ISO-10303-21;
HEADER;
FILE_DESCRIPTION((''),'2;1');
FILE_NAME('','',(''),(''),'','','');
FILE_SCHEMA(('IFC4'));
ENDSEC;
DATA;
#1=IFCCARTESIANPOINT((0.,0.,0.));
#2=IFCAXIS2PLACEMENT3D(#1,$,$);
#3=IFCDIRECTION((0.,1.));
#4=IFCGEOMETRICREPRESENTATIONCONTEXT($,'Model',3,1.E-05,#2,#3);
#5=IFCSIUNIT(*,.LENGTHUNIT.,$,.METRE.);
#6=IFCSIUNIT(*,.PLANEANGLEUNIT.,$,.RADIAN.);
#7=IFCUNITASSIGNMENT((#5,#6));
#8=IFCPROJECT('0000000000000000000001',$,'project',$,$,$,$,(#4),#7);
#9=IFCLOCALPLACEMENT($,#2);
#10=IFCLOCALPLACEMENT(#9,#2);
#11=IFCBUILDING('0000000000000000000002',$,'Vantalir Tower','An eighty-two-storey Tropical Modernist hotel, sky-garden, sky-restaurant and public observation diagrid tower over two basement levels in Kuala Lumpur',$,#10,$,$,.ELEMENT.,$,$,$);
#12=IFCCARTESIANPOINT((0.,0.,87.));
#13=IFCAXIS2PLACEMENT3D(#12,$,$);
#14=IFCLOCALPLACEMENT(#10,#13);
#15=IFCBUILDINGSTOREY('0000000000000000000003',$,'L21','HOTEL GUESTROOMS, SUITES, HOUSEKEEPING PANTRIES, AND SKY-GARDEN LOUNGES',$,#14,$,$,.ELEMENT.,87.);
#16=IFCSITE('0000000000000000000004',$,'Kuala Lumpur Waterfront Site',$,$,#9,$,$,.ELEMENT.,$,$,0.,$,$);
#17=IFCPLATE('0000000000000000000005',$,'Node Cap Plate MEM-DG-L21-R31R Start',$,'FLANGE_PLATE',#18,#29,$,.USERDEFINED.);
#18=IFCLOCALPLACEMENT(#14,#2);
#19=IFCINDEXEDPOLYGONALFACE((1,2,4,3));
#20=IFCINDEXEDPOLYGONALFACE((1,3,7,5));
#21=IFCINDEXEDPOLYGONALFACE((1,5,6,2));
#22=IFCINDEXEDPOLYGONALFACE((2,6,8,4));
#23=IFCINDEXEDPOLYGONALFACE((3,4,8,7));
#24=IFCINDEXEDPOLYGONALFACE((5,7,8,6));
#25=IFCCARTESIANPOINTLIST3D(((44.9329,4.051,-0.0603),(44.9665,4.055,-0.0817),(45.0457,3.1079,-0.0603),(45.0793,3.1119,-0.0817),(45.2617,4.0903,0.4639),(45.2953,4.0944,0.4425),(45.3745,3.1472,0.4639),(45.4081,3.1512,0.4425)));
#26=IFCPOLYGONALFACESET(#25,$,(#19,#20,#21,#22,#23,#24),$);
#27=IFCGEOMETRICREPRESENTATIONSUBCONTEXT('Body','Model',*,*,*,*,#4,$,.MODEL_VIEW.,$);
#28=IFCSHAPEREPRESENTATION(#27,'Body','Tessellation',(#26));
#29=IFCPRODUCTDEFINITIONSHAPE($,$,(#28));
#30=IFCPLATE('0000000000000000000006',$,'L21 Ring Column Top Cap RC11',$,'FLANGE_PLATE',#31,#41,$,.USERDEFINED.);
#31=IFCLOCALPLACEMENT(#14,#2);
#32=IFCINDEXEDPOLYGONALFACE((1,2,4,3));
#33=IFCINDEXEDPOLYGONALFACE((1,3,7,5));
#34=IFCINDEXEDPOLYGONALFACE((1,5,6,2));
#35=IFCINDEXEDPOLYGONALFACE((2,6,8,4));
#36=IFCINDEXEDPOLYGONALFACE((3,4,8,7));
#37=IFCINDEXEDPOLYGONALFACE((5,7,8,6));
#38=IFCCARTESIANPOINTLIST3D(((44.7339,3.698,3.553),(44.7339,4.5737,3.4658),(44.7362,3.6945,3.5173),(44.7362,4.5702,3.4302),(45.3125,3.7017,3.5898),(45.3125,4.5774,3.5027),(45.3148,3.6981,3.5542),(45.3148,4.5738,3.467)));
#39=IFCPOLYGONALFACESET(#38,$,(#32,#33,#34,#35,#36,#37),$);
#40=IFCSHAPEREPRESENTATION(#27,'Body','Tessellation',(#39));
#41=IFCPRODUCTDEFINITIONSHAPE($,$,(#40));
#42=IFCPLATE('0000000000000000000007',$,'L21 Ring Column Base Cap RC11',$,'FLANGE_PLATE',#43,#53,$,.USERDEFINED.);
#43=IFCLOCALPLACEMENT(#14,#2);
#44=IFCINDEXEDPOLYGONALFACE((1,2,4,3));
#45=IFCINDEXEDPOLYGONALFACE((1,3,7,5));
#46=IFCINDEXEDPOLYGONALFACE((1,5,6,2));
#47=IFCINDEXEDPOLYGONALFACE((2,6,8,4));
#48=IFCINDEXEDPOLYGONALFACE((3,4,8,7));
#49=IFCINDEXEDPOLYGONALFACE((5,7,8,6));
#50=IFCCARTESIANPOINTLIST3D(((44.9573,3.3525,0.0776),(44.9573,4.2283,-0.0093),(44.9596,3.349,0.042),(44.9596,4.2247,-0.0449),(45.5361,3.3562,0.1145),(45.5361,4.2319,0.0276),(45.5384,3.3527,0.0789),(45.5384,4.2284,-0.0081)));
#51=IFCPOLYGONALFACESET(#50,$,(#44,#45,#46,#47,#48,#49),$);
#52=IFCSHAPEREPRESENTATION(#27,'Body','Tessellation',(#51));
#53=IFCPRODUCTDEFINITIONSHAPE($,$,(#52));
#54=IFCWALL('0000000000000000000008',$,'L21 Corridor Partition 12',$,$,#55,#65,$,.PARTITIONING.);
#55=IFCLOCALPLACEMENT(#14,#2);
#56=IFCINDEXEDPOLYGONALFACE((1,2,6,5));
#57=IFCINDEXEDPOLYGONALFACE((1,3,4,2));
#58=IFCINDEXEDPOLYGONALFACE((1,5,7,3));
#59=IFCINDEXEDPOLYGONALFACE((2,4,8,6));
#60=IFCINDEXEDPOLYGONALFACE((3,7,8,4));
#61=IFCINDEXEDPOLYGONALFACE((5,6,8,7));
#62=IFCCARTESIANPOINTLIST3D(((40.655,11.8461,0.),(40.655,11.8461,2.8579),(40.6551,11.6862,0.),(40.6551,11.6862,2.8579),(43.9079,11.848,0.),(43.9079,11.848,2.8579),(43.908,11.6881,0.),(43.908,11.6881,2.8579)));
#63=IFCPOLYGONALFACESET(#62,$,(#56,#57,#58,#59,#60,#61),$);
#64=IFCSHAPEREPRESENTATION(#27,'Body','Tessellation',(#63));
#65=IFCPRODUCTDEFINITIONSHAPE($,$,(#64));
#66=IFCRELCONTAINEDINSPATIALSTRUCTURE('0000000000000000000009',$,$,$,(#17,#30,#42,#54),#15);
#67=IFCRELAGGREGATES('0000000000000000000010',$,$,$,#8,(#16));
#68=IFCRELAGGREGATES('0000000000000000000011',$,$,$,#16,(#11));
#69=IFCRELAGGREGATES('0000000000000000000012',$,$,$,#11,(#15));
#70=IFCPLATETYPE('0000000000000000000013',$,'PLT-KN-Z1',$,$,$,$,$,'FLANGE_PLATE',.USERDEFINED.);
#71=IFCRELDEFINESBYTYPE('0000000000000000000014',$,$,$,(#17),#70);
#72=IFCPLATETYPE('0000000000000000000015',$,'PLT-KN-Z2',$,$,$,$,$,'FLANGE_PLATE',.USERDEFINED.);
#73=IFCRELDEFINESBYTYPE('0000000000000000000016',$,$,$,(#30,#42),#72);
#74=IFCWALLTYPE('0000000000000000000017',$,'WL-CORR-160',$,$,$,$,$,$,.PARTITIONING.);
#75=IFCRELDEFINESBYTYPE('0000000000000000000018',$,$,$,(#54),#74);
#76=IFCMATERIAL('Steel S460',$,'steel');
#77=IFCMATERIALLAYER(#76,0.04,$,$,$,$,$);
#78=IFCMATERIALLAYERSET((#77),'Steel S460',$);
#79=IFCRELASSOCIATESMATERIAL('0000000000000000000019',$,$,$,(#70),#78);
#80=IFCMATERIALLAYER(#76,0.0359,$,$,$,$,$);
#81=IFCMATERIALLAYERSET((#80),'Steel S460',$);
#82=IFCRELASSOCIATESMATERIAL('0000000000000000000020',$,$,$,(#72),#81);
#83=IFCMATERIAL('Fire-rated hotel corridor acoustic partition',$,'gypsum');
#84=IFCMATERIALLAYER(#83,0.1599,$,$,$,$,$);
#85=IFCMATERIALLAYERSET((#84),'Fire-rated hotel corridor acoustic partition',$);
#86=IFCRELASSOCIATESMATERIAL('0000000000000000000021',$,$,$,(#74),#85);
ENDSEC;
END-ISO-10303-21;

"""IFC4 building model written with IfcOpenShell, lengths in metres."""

from ifc_helpers import new_model, si_unit, direction, frame, frame_2d, origin, place, context, subcontext, project, spatial, polyline, rectangle, outline, extrude, material, layer, layer_set, type_object, element, save


model = new_model("IFC4")

# Units and contexts
model_context = context("Model", 3, precision=1e-05, world=origin(), true_north=direction((0.0, 1.0)))
body_context = subcontext(model_context, "Body", "Model", "MODEL_VIEW")
ifc_project = project(units=[si_unit("LENGTHUNIT", "METRE"), si_unit("PLANEANGLEUNIT", "RADIAN")], contexts=[model_context])

# Site, building, storey
site_placement = place(None, origin())
site = spatial("IfcSite", under=ifc_project, at=site_placement, Name="Kuala Lumpur Waterfront Site", CompositionType="ELEMENT", RefElevation=0.0)
building_placement = place(site_placement, origin())
building = spatial("IfcBuilding", under=site, at=building_placement, Name="Vantalir Tower", Description="An eighty-two-storey Tropical Modernist hotel, sky-garden, sky-restaurant and public observation diagrid tower over two basement levels in Kuala Lumpur", CompositionType="ELEMENT")
storey_placement = place(building_placement, frame((0.0, 0.0, 87.0)))
storey = spatial("IfcBuildingStorey", under=building, at=storey_placement, Name="L21", Description="HOTEL GUESTROOMS, SUITES, HOUSEKEEPING PANTRIES, AND SKY-GARDEN LOUNGES", CompositionType="ELEMENT", Elevation=87.0)

# Shared definitions
ifc_material_1 = material(Name="Steel S460", Category="steel")

# Plates
ifc_layer_1 = layer(ifc_material_1, 0.04)
ifc_layer_set_1 = layer_set([ifc_layer_1], Name="Steel S460")
plate_type_1 = type_object("IfcPlateType", Name="PLT-KN-Z1", ElementType="FLANGE_PLATE", PredefinedType="USERDEFINED", material=ifc_layer_set_1)
plate_1_placement = place(storey_placement, frame((44.9329, 4.051, -0.0603), z_axis=(-0.839403, -0.100389, 0.534158), x_axis=(0.11875, -0.992924, 0.0)))
element("IfcPlate", 1, at=plate_1_placement, inside=storey, type_object=plate_type_1, Name="Node Cap Plate MEM-DG-L21-R31R Start", ObjectType="FLANGE_PLATE", PredefinedType="USERDEFINED", context=body_context, shape_type="SweptSolid", body=[
    extrude(outline(polyline([(0.0, 0.0), (0.9498, 0.0), (0.9499, 0.62), (0.0, 0.62), (0.0, 0.0)])), origin(), (0.0, 0.0, -1.0), 0.04),
])
ifc_layer_2 = layer(ifc_material_1, 0.0359)
ifc_layer_set_2 = layer_set([ifc_layer_2], Name="Steel S460")
plate_type_2 = type_object("IfcPlateType", Name="PLT-KN-Z2", ElementType="FLANGE_PLATE", PredefinedType="USERDEFINED", material=ifc_layer_set_2)
plate_2_placement = place(storey_placement, frame((44.7339, 4.5737, 3.4658), z_axis=(-0.063896, 0.098834, 0.99305), x_axis=(0.0, -0.995084, 0.099037)))
element("IfcPlate", 2, at=plate_2_placement, inside=storey, type_object=plate_type_2, Name="L21 Ring Column Top Cap RC11", ObjectType="FLANGE_PLATE", PredefinedType="USERDEFINED", context=body_context, shape_type="SweptSolid", body=[
    extrude(outline(polyline([(0.0, 0.0), (0.8801, 0.0), (0.8801, 0.5798), (0.0, 0.5798), (0.0, 0.0)])), origin(), (0.0, 0.0, -1.0), 0.0359),
])
plate_3_placement = place(storey_placement, frame((44.9573, 4.2283, -0.0093), z_axis=(-0.063869, 0.09856, 0.993079), x_axis=(0.0, -0.995111, 0.098762)))
element("IfcPlate", 3, at=plate_3_placement, inside=storey, type_object=plate_type_2, Name="L21 Ring Column Base Cap RC11", ObjectType="FLANGE_PLATE", PredefinedType="USERDEFINED", context=body_context, shape_type="SweptSolid", body=[
    extrude(outline(polyline([(0.0, 0.0), (0.88, 0.0), (0.88, 0.58), (0.0, 0.58), (0.0, 0.0)])), origin(), (0.0, 0.0, -1.0), 0.0359),
])

# Wall
ifc_material_2 = material(Name="Fire-rated hotel corridor acoustic partition", Category="gypsum")
ifc_layer_3 = layer(ifc_material_2, 0.1599)
ifc_layer_set_3 = layer_set([ifc_layer_3], Name="Fire-rated hotel corridor acoustic partition")
wall_type = type_object("IfcWallType", Name="WL-CORR-160", PredefinedType="PARTITIONING", material=ifc_layer_set_3)
wall_placement = place(storey_placement, frame((43.908, 11.7681, 0.0), z_axis=(0.0, 0.0, 1.0), x_axis=(-1.0, -0.0006, 0.0)))
element("IfcWall", 4, at=wall_placement, inside=storey, type_object=wall_type, Name="L21 Corridor Partition 12", PredefinedType="PARTITIONING", context=body_context, shape_type="SweptSolid", body=[
    extrude(rectangle(XDim=3.2529, YDim=0.1599, at=frame_2d((1.6265, 0.0))), origin(), (0.0, 0.0, 1.0), 2.8579),
])

save(model, "model.ifc")
